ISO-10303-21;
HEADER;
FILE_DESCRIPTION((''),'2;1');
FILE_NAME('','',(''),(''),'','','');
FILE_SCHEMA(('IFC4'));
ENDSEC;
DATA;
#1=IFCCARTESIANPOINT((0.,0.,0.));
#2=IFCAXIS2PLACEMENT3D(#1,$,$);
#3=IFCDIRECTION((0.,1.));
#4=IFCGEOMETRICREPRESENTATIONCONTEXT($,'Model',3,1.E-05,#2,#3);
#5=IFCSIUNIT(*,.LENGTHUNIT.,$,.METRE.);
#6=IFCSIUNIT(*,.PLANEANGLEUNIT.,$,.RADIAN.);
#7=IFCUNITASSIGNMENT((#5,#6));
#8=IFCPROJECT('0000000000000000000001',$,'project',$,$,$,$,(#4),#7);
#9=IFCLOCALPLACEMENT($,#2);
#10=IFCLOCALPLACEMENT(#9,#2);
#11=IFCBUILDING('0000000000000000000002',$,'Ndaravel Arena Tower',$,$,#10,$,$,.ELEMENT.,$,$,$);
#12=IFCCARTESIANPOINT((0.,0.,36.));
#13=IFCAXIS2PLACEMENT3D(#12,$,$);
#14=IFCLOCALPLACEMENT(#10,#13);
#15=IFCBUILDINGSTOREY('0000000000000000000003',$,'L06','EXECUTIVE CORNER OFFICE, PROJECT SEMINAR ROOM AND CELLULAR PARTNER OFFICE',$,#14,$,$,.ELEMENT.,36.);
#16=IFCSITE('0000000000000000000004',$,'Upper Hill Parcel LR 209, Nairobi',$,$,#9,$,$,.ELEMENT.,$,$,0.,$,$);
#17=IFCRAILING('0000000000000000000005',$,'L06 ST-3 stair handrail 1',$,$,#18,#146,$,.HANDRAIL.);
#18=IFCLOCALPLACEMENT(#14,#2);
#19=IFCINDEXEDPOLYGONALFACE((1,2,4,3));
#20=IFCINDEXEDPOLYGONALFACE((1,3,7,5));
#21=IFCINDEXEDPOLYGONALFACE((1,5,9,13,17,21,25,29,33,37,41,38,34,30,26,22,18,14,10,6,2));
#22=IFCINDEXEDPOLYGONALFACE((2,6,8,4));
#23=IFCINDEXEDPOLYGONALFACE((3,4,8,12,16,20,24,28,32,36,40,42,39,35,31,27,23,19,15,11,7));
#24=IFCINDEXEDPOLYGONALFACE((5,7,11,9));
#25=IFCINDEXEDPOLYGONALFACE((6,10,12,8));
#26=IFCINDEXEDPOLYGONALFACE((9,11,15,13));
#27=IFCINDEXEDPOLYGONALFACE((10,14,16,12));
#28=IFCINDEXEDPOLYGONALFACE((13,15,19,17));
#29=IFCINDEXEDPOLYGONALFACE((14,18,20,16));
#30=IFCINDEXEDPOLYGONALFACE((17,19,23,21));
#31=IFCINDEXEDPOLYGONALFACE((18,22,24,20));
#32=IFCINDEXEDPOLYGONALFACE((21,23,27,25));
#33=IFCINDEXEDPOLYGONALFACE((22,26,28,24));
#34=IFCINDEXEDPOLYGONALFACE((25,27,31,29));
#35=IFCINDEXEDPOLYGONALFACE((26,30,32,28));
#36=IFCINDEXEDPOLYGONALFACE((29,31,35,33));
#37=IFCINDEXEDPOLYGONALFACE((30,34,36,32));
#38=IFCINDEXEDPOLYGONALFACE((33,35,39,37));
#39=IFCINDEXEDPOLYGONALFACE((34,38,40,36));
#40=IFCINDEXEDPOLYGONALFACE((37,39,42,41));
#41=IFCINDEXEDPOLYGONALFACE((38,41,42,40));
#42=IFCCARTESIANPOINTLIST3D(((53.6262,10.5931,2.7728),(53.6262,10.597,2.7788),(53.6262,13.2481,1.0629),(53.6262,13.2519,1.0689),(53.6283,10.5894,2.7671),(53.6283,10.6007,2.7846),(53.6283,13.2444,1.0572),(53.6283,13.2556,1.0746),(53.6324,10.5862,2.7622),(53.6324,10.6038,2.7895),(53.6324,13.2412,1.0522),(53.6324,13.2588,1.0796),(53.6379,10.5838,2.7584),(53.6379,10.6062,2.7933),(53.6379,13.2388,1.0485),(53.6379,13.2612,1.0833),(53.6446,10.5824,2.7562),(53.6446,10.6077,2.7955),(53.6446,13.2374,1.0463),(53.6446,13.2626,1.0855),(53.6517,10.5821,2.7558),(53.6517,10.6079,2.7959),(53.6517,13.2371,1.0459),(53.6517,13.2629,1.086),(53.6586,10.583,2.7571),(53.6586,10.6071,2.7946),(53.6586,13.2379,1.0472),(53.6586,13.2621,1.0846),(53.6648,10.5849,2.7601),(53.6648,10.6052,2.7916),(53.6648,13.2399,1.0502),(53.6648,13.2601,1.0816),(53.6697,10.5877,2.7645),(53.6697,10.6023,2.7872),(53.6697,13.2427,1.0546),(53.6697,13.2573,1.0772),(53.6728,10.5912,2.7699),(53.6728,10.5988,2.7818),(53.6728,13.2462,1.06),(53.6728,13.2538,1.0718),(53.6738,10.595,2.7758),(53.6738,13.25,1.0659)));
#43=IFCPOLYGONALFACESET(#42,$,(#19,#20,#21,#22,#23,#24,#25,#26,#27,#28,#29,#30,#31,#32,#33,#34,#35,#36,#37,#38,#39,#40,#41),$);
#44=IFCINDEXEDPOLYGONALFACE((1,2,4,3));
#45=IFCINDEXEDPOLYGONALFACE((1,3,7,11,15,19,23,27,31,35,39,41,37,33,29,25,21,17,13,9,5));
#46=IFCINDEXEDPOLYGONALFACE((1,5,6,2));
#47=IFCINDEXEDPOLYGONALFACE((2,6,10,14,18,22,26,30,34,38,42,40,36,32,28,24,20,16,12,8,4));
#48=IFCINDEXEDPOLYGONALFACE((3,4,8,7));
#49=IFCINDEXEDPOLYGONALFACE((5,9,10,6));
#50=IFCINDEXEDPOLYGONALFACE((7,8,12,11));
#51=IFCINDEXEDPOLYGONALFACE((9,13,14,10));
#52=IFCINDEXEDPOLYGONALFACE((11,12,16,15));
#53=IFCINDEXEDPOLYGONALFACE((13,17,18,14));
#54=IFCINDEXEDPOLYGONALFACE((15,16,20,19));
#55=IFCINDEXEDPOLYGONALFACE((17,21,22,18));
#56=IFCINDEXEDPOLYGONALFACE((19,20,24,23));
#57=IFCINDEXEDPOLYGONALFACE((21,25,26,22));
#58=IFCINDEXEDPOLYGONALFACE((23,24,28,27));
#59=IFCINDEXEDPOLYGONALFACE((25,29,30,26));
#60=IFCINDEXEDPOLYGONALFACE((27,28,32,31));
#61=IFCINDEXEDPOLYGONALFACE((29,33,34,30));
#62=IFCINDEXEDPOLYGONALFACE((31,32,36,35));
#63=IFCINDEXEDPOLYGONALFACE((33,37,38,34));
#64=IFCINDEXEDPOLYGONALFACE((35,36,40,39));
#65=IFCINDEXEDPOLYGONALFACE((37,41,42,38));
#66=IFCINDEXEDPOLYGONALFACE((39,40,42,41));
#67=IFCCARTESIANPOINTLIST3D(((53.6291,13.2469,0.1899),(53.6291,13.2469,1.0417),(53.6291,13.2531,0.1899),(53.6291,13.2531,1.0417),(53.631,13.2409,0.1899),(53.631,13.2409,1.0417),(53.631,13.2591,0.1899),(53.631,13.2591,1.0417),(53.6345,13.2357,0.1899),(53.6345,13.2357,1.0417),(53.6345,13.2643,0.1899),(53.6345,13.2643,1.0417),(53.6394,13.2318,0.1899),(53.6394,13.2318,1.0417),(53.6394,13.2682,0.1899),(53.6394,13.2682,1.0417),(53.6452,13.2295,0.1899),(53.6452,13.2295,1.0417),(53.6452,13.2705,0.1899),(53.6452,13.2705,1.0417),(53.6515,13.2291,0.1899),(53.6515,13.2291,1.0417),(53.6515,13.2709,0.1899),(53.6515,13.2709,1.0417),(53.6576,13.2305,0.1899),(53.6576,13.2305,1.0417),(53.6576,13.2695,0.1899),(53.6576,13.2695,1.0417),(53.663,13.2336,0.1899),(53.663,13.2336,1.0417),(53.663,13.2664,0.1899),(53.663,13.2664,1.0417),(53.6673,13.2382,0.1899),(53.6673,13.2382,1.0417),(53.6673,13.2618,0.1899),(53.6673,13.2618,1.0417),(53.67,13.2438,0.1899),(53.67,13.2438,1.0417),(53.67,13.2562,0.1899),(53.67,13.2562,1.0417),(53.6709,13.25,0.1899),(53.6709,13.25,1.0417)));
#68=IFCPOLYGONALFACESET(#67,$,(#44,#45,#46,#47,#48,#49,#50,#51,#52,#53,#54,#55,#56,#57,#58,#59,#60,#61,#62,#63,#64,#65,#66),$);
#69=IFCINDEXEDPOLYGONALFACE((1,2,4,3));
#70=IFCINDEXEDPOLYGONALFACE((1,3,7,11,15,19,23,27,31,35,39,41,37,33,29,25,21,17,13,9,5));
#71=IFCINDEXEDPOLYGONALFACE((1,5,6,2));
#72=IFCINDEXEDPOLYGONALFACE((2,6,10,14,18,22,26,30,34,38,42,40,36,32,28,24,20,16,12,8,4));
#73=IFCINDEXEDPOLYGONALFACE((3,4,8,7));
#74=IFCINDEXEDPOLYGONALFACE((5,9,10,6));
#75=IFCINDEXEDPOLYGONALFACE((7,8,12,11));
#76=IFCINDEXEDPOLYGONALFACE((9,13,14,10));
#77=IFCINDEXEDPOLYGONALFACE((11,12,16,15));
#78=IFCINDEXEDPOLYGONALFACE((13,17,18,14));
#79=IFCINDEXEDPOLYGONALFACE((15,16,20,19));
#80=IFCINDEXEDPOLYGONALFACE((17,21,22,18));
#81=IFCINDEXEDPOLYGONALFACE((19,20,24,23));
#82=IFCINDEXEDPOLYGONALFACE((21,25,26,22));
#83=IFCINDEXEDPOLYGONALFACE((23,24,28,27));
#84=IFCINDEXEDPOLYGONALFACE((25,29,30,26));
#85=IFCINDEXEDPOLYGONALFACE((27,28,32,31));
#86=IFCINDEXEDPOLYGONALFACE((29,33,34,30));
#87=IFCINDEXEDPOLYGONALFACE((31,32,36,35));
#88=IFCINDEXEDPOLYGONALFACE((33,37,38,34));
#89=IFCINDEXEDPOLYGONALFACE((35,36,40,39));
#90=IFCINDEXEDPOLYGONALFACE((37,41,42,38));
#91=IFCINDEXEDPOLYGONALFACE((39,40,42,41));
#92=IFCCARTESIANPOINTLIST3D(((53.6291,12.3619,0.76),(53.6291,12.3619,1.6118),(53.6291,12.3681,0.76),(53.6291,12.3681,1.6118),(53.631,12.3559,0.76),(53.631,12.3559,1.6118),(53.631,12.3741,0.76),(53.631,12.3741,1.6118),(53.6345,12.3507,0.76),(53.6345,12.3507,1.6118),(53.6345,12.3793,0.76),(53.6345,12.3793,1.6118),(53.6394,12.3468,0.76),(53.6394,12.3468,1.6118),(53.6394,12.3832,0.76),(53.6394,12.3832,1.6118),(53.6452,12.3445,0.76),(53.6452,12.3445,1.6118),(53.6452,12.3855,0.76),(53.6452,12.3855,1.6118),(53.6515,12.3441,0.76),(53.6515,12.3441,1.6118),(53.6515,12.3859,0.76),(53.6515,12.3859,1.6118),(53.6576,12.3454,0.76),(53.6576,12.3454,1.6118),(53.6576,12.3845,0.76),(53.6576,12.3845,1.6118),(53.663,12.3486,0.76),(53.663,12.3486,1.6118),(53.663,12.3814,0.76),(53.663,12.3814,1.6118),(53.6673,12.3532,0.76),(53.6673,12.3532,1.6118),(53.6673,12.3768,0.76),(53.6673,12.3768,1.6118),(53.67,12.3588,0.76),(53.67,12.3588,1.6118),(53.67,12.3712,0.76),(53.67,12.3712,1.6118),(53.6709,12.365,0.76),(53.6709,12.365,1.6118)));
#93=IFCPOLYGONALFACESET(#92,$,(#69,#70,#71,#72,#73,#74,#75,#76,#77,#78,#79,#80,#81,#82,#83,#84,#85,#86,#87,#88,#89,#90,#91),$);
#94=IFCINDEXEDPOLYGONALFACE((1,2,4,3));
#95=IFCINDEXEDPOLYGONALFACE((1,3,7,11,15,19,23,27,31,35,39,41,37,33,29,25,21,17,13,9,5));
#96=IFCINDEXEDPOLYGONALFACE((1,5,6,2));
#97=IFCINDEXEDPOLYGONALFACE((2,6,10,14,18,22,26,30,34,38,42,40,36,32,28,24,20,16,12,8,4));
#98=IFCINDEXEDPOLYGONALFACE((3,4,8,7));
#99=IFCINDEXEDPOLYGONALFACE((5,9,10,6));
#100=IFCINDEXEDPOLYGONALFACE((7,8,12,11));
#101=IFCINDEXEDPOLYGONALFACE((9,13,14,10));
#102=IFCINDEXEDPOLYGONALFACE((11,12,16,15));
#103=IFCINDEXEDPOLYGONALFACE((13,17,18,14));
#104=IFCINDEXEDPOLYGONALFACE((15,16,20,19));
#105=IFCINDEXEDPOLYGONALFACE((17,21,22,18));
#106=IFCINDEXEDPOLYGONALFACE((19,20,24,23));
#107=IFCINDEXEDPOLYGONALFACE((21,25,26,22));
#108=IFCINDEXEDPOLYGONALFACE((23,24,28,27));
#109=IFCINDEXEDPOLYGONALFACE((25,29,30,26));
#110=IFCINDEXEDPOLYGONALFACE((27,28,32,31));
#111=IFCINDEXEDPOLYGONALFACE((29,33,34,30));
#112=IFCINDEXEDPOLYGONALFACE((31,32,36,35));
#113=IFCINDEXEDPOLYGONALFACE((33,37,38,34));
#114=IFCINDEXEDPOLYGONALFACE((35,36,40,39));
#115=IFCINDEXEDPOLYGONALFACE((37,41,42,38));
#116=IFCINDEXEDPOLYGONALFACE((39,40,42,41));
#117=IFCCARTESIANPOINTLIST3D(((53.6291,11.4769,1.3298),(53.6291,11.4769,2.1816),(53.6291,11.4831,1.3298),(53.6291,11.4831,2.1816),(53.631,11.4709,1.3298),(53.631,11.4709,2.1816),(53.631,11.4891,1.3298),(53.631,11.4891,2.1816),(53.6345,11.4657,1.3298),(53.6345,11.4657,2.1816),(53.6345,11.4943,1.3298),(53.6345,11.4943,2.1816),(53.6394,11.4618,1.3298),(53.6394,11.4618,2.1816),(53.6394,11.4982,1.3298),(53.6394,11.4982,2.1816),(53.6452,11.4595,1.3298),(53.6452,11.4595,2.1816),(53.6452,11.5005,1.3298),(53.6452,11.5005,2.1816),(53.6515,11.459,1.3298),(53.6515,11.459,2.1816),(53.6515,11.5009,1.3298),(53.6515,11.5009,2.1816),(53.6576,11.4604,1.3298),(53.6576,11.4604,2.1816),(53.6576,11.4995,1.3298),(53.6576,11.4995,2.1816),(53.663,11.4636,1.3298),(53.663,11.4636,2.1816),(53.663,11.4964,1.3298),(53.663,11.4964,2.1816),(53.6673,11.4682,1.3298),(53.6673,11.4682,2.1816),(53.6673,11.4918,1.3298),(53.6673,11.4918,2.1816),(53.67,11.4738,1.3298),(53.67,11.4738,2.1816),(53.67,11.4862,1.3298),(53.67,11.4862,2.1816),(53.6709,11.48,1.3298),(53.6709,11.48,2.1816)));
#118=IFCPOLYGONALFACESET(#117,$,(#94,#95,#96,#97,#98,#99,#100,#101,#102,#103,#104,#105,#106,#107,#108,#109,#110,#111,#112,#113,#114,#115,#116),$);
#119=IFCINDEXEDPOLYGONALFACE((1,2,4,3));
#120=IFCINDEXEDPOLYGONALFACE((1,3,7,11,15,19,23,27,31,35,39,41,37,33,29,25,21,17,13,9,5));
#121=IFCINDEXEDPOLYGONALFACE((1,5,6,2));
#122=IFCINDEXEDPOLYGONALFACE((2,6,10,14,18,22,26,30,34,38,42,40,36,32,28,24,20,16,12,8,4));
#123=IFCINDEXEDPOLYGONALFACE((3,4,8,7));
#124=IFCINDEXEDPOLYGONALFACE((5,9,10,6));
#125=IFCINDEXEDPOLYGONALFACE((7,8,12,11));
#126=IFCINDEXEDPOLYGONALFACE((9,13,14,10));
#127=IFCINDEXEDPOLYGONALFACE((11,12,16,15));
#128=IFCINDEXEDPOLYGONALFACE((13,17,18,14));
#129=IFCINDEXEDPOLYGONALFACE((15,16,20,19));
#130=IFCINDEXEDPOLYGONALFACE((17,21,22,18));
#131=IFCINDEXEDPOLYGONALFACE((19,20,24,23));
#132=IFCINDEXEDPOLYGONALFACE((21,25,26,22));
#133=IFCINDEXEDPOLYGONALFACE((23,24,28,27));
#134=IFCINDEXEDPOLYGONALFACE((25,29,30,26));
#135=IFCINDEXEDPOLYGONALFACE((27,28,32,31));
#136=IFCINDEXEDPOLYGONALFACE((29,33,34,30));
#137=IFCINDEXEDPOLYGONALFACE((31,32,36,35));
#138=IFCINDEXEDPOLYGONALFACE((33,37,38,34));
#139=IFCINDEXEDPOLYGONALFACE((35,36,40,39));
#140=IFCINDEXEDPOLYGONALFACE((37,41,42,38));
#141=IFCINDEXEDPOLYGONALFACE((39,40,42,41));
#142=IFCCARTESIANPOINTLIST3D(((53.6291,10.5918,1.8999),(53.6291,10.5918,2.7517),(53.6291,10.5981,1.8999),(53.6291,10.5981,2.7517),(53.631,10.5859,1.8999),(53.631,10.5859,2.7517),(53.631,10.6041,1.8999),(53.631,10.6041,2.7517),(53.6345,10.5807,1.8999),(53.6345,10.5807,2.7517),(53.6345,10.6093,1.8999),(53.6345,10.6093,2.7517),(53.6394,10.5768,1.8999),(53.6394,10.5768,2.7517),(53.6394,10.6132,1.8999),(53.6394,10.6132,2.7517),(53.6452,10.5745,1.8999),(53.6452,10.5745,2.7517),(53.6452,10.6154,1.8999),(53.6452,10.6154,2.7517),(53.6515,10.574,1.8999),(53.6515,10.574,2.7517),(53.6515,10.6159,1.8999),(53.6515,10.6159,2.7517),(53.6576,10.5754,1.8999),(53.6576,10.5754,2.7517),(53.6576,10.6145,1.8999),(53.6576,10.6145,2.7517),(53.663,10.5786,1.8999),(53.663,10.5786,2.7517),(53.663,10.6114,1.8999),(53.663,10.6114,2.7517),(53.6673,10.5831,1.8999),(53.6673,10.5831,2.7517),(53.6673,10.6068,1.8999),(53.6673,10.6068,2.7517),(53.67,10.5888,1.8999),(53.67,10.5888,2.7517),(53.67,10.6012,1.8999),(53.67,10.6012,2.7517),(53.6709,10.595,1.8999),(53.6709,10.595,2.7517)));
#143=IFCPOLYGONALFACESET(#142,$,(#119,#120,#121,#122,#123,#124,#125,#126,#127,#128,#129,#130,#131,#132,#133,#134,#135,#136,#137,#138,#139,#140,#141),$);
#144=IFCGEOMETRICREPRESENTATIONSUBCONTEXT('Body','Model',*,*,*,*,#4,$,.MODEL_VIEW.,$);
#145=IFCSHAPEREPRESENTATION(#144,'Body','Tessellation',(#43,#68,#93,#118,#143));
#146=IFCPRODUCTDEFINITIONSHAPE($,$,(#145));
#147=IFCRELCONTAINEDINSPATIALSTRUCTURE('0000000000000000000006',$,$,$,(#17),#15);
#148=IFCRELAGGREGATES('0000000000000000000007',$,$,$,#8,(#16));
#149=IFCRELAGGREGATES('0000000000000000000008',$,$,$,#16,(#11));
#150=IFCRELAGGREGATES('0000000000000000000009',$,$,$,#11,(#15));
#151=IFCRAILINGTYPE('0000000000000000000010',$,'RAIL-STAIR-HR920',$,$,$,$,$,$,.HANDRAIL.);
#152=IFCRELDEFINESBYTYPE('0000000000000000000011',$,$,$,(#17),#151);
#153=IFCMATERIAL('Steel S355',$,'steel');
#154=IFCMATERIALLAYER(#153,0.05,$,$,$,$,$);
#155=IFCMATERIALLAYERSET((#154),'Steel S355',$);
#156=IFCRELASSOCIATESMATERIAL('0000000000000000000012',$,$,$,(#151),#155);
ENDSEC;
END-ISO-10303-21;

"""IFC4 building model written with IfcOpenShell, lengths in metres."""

from ifc_helpers import new_model, si_unit, direction, frame, origin, origin_2d, place, context, subcontext, project, spatial, circle, extrude, material, layer, layer_set, type_object, element, save


model = new_model("IFC4")

# Units and contexts
model_context = context("Model", 3, precision=1e-05, world=origin(), true_north=direction((0.0, 1.0)))
body_context = subcontext(model_context, "Body", "Model", "MODEL_VIEW")
ifc_project = project(units=[si_unit("LENGTHUNIT", "METRE"), si_unit("PLANEANGLEUNIT", "RADIAN")], contexts=[model_context])

# Site, building, storey
site_placement = place(None, origin())
site = spatial("IfcSite", under=ifc_project, at=site_placement, Name="Upper Hill Parcel LR 209, Nairobi", CompositionType="ELEMENT", RefElevation=0.0)
building_placement = place(site_placement, origin())
building = spatial("IfcBuilding", under=site, at=building_placement, Name="Ndaravel Arena Tower", CompositionType="ELEMENT")
storey_placement = place(building_placement, frame((0.0, 0.0, 36.0)))
storey = spatial("IfcBuildingStorey", under=building, at=storey_placement, Name="L06", Description="EXECUTIVE CORNER OFFICE, PROJECT SEMINAR ROOM AND CELLULAR PARTNER OFFICE", CompositionType="ELEMENT", Elevation=36.0)

# Railing
ifc_material_1 = material(Name="Steel S355", Category="steel")
ifc_layer_1 = layer(ifc_material_1, 0.05)
ifc_layer_set_1 = layer_set([ifc_layer_1], Name="Steel S355")
railing_type_1 = type_object("IfcRailingType", Name="RAIL-STAIR-HR920", PredefinedType="HANDRAIL", material=ifc_layer_set_1)
railing_1_placement = place(storey_placement, frame((53.6499, 13.25, 0.1899)))
element("IfcRailing", 1, at=railing_1_placement, inside=storey, type_object=railing_type_1, Name="L06 ST-3 stair handrail 1", PredefinedType="HANDRAIL", context=body_context, shape_type="SweptSolid", body=[
    extrude(circle(Radius=0.0239, at=origin_2d()), frame((0.0, 0.0, 0.876), z_axis=(0.0, -0.840724, 0.541465), x_axis=(1.0, 0.0, 0.0)), (0.0, 0.0, 1.0), 3.158),
    extrude(circle(Radius=0.021, at=origin_2d()), origin(), (0.0, 0.0, 1.0), 0.8518),
    extrude(circle(Radius=0.021, at=origin_2d()), frame((0.0, -0.885, 0.5701)), (0.0, 0.0, 1.0), 0.8518),
    extrude(circle(Radius=0.021, at=origin_2d()), frame((0.0, -1.77, 1.1399)), (0.0, 0.0, 1.0), 0.8518),
    extrude(circle(Radius=0.021, at=origin_2d()), frame((0.0, -2.655, 1.71)), (0.0, 0.0, 1.0), 0.8518),
])

save(model, "model.ifc")
